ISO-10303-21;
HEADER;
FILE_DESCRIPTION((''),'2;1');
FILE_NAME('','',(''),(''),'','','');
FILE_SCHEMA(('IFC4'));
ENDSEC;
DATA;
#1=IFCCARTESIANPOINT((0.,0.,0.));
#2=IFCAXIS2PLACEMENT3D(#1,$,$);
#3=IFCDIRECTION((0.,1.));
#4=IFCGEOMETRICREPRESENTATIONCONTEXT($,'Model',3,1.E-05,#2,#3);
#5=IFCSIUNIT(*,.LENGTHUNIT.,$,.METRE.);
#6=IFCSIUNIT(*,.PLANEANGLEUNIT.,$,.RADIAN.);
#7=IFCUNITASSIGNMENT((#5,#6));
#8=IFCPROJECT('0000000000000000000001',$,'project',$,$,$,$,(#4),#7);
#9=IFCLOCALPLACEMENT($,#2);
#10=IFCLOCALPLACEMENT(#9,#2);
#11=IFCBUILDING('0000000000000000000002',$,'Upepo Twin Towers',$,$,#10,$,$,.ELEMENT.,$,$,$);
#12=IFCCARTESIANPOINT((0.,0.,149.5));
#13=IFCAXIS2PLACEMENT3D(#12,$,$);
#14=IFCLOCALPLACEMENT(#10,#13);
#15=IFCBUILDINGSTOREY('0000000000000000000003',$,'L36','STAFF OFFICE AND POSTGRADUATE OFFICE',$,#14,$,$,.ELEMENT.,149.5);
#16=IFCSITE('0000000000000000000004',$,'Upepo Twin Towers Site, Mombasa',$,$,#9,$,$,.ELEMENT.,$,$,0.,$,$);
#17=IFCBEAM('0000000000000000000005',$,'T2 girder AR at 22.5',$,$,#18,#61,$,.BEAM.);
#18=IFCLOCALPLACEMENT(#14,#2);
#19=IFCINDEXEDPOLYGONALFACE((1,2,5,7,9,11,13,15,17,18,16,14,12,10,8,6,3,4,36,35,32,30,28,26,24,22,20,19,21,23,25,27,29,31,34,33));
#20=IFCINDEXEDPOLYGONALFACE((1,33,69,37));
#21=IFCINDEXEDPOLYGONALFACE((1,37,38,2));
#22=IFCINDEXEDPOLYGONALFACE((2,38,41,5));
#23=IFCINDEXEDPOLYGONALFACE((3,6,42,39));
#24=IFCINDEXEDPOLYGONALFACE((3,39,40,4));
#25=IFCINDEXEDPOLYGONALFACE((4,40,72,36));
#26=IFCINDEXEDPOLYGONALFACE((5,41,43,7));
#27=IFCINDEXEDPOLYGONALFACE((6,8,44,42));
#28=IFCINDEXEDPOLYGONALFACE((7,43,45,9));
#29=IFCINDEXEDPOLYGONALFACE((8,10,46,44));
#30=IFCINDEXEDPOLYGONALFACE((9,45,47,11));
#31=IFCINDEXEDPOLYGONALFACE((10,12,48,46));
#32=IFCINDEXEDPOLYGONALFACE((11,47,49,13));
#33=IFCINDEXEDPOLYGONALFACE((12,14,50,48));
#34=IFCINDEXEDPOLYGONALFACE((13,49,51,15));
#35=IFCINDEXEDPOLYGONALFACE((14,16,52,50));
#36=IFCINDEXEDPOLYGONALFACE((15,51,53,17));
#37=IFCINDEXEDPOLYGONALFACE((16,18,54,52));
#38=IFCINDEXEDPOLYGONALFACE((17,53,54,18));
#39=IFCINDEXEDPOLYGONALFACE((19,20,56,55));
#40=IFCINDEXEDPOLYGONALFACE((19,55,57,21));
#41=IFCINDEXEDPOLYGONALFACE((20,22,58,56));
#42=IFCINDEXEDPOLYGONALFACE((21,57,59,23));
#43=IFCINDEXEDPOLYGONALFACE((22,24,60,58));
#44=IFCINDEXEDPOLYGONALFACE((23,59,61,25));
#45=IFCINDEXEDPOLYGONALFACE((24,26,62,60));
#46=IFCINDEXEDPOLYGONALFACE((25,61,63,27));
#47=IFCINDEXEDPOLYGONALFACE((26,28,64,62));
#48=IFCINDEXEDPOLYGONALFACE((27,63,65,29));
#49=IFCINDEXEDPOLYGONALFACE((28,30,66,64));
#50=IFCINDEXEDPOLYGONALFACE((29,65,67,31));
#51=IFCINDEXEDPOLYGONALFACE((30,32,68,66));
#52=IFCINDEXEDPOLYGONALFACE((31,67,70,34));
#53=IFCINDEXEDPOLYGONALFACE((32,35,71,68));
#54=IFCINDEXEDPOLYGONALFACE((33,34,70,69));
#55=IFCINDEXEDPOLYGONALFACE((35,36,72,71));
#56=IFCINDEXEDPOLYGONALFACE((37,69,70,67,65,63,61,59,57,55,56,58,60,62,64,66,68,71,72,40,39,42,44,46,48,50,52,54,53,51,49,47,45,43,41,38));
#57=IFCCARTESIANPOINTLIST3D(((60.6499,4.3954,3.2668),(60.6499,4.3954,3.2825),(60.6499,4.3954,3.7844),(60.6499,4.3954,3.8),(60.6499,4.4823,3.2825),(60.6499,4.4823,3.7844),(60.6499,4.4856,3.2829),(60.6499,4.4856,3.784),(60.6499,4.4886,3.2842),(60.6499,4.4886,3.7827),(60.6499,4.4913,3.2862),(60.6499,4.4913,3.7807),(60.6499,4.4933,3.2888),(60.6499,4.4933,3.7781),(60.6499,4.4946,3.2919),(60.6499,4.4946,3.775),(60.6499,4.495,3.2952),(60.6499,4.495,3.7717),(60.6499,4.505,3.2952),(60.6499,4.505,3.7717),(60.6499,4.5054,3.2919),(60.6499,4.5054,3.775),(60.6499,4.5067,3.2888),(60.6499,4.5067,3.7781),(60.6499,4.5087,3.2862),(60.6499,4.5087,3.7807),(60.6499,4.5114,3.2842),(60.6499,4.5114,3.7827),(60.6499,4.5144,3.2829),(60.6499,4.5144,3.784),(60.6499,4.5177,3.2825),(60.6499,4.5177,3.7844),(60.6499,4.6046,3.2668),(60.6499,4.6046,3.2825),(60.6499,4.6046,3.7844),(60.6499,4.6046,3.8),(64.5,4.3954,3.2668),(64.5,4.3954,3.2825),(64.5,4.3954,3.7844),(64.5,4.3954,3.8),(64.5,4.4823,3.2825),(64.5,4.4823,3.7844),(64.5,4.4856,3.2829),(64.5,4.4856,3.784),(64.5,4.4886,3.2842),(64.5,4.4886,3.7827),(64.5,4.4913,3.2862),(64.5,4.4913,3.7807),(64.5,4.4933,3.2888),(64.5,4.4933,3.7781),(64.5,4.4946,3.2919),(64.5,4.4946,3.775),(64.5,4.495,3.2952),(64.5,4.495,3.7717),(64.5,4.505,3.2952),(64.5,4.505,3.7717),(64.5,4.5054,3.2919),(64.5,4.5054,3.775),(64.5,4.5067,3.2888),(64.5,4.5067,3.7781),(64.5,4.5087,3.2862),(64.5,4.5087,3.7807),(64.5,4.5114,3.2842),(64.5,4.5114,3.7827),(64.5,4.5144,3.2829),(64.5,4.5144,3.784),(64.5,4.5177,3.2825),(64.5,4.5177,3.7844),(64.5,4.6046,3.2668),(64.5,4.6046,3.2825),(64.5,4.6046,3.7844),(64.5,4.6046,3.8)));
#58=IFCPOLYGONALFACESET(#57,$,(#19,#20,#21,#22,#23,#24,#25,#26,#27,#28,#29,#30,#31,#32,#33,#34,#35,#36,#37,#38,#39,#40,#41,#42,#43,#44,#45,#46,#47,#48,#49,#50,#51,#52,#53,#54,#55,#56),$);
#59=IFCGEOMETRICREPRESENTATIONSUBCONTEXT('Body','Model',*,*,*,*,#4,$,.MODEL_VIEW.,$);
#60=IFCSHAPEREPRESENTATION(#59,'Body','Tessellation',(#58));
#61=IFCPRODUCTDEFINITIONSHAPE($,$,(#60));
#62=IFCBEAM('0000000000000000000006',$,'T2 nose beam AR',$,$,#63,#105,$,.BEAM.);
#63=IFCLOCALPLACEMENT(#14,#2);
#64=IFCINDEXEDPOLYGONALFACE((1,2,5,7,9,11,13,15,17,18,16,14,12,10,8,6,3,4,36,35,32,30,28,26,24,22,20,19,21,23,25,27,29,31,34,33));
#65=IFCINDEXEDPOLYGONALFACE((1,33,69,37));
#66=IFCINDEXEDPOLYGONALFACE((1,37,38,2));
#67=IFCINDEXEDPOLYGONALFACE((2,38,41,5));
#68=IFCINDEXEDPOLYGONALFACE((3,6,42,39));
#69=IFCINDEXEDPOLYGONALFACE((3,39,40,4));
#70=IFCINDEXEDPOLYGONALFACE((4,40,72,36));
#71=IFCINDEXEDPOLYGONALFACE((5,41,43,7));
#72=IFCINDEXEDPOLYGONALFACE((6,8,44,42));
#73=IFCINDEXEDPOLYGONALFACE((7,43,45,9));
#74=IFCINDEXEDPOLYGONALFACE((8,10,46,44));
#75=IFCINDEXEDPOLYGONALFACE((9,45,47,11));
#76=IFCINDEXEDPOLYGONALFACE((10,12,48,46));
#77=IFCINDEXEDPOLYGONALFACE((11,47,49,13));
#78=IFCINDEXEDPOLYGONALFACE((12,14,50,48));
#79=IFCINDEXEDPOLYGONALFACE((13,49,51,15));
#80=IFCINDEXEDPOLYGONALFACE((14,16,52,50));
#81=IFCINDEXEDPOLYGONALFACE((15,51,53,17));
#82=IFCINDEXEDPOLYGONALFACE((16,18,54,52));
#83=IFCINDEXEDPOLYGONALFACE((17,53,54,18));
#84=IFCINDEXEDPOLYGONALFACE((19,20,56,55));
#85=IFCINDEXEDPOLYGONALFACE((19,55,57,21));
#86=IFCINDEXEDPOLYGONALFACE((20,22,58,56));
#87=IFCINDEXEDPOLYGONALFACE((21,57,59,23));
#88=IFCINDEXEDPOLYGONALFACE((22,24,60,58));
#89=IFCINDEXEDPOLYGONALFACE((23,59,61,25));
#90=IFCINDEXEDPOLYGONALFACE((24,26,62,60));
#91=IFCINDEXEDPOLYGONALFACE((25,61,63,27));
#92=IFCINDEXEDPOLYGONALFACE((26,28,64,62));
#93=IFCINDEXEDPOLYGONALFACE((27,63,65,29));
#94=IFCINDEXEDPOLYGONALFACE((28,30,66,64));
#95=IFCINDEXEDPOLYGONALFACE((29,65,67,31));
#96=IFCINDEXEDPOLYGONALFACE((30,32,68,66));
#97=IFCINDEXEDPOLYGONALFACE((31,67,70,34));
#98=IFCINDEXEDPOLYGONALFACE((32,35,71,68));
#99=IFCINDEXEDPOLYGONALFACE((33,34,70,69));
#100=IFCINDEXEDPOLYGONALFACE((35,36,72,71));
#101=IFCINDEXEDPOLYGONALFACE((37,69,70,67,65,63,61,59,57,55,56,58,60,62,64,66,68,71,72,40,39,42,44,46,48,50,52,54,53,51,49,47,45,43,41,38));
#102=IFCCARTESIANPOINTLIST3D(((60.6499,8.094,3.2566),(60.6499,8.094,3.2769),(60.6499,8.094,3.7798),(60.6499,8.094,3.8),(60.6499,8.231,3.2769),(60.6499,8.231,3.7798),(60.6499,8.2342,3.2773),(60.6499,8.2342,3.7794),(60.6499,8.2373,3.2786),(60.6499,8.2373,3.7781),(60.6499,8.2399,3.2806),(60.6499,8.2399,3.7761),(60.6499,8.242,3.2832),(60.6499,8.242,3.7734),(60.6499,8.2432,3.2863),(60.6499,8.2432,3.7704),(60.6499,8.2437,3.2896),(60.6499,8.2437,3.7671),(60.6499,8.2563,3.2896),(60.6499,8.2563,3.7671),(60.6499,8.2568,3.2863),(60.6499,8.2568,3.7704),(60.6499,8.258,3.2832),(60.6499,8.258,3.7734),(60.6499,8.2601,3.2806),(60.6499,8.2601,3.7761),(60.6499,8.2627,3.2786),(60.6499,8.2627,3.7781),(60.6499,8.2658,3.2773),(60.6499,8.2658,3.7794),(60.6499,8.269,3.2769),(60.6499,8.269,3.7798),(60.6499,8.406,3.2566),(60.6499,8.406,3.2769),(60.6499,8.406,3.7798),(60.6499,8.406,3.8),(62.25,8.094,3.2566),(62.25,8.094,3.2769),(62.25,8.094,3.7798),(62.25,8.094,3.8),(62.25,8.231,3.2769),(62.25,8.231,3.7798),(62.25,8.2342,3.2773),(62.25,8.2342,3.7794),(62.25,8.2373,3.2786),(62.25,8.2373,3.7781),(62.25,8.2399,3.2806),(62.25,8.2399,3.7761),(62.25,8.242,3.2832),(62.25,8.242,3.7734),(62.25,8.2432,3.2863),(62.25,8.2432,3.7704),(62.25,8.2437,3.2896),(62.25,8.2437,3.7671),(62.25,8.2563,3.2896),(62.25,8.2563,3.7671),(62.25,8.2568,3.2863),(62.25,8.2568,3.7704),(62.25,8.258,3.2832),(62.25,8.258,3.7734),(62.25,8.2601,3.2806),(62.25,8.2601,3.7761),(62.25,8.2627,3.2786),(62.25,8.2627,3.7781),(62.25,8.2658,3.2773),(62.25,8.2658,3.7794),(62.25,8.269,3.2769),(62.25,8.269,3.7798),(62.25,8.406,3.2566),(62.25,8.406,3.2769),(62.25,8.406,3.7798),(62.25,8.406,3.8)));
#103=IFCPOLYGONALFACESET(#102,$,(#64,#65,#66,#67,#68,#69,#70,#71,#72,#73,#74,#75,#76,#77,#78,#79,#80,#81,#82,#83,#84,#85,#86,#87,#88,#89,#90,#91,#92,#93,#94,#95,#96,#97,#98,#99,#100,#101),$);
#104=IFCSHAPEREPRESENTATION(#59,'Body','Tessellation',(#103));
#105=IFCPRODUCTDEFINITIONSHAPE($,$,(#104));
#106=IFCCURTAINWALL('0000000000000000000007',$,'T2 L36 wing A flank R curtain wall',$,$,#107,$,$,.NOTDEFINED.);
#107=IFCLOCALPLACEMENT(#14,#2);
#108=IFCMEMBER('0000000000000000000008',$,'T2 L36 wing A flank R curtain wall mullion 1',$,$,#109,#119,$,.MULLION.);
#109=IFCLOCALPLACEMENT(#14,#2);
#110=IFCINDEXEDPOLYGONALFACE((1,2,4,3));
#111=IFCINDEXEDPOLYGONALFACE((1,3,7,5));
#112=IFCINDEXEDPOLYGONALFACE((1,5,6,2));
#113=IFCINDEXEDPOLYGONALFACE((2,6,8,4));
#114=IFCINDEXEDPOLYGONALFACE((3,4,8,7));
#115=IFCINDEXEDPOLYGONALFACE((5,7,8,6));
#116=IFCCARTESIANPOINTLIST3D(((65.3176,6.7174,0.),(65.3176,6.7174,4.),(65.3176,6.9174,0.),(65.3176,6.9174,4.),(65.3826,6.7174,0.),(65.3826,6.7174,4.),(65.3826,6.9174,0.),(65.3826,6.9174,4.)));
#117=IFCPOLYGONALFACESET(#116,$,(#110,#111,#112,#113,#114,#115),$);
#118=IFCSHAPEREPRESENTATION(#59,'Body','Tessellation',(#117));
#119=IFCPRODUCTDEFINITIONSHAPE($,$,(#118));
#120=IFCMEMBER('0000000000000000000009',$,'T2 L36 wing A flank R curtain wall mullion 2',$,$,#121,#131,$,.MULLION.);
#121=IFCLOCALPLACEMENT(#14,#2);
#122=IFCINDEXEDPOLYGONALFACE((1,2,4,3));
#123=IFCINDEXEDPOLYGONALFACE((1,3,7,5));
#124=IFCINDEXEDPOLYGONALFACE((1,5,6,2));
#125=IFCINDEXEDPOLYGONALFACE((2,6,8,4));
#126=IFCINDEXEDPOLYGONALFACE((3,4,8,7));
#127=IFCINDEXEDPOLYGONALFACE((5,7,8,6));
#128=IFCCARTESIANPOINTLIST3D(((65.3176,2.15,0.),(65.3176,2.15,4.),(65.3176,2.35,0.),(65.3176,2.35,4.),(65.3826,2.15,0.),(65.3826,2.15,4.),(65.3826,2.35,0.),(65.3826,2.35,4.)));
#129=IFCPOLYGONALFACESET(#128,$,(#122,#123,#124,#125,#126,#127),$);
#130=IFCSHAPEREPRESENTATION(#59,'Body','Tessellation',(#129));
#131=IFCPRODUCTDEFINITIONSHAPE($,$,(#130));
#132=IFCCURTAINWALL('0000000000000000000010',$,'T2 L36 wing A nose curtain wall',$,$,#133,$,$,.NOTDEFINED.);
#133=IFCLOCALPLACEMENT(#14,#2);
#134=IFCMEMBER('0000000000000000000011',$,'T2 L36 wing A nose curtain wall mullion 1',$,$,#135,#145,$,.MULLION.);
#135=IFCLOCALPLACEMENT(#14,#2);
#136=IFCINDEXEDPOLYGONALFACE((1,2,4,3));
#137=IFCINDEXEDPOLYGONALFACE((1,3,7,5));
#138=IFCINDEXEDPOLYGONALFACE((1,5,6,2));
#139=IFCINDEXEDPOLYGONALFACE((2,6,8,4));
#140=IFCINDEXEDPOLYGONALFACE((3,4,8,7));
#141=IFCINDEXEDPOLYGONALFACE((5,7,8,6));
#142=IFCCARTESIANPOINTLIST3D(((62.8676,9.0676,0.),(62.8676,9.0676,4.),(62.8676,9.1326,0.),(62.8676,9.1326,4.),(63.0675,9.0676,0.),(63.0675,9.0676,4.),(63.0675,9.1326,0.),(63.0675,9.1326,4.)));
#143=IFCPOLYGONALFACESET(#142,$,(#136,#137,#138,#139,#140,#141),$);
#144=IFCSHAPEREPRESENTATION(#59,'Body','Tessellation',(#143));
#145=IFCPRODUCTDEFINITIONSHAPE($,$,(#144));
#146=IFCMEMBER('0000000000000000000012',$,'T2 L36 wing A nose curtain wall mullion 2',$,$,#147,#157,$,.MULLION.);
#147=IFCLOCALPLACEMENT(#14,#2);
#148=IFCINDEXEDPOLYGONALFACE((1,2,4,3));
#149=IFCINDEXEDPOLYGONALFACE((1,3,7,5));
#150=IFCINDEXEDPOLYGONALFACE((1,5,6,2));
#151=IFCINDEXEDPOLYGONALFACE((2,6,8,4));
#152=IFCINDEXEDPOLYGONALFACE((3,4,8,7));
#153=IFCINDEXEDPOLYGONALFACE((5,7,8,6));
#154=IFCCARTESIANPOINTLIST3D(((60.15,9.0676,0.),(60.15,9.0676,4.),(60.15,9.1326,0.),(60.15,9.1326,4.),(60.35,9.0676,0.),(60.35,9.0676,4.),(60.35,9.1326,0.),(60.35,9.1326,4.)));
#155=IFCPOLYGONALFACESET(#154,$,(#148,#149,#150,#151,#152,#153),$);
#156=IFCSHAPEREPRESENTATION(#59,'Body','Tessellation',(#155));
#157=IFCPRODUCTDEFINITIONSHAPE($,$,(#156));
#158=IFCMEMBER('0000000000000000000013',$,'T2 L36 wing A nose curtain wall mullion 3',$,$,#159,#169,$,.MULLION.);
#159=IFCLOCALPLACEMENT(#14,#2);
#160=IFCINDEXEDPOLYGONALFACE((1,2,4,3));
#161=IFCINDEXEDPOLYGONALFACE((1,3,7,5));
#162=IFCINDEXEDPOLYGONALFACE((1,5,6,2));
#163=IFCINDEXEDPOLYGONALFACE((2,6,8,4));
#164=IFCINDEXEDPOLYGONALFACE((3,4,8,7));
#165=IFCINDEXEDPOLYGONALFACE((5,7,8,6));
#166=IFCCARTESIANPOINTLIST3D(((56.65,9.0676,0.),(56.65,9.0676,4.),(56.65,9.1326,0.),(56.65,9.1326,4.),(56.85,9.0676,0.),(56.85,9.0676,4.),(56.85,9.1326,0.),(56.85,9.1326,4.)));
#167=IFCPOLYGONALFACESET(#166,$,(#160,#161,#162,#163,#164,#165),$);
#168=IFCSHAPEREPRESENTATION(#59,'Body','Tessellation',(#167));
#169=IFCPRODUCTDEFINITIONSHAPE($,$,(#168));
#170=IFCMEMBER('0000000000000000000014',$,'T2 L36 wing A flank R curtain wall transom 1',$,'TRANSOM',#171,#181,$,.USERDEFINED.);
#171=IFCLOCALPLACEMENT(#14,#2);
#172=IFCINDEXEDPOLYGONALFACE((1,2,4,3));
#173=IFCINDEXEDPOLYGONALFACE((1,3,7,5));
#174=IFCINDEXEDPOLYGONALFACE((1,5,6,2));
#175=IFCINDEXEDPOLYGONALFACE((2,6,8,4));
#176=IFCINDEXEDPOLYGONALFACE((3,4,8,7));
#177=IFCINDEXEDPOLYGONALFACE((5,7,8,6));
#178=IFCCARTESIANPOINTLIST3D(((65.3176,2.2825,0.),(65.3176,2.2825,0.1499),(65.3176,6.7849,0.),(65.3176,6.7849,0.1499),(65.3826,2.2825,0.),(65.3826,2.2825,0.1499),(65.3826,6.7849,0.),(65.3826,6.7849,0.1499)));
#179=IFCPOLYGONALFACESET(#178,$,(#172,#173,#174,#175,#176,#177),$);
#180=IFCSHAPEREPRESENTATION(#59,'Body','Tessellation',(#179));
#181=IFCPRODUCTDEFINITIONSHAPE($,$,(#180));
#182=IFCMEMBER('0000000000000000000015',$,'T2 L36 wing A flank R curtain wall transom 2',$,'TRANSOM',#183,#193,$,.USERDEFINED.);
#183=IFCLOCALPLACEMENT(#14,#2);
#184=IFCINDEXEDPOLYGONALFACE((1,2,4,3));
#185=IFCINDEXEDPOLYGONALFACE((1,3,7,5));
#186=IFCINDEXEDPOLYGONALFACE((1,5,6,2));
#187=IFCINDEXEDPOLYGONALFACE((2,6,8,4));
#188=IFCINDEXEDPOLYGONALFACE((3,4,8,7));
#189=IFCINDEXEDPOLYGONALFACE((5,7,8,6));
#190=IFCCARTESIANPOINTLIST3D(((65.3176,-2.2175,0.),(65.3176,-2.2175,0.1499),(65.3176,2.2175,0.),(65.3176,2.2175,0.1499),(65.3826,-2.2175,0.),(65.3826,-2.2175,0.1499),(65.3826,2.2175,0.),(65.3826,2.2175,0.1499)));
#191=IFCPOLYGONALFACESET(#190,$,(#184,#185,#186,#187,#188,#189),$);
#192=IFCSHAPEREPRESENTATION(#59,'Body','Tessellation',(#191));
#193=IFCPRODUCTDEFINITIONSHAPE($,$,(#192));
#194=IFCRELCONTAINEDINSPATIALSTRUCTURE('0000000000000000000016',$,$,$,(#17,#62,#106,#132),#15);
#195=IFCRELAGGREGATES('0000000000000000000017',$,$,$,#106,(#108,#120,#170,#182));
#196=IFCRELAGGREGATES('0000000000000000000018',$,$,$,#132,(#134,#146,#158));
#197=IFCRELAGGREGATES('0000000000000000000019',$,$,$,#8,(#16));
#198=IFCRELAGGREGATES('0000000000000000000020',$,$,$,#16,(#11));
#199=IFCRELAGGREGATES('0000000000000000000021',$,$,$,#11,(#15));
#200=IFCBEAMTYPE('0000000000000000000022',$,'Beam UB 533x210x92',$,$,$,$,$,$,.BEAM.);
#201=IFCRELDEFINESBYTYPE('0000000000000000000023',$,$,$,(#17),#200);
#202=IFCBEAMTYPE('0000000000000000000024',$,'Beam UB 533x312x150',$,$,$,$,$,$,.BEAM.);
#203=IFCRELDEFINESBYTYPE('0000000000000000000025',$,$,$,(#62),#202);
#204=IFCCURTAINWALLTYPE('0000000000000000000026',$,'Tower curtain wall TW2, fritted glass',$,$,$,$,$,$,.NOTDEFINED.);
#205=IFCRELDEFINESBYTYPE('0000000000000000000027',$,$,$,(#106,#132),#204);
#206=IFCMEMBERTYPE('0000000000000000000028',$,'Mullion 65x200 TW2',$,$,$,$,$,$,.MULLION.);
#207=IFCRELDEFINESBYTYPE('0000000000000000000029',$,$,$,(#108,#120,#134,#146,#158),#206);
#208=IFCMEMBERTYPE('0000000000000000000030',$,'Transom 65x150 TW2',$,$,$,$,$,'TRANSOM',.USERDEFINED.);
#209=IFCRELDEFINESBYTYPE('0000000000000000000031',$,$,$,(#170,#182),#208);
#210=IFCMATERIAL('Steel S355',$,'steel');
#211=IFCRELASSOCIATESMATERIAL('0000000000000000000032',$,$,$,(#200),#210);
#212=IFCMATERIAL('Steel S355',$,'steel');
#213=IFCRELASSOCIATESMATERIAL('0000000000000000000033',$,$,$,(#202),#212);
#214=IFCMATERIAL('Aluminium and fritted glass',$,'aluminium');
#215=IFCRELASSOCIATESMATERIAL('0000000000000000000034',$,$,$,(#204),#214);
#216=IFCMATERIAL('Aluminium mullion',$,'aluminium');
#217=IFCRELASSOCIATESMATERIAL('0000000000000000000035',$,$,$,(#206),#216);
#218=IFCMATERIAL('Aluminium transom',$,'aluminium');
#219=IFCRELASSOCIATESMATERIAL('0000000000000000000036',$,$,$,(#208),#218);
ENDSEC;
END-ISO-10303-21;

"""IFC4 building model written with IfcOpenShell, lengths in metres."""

from ifc_helpers import new_model, si_unit, direction, frame, origin, origin_2d, place, context, subcontext, project, spatial, rectangle, i_section, extrude, material, material_profile, profile_set, type_object, element, aggregate, save


model = new_model("IFC4")

# Units and contexts
model_context = context("Model", 3, precision=1e-05, world=origin(), true_north=direction((0.0, 1.0)))
body_context = subcontext(model_context, "Body", "Model", "MODEL_VIEW")
ifc_project = project(units=[si_unit("LENGTHUNIT", "METRE"), si_unit("PLANEANGLEUNIT", "RADIAN")], contexts=[model_context])

# Site, building, storey
site_placement = place(None, origin())
site = spatial("IfcSite", under=ifc_project, at=site_placement, Name="Upepo Twin Towers Site, Mombasa", CompositionType="ELEMENT", RefElevation=0.0)
building_placement = place(site_placement, origin())
building = spatial("IfcBuilding", under=site, at=building_placement, Name="Upepo Twin Towers", CompositionType="ELEMENT")
storey_placement = place(building_placement, frame((0.0, 0.0, 149.5)))
storey = spatial("IfcBuildingStorey", under=building, at=storey_placement, Name="L36", Description="STAFF OFFICE AND POSTGRADUATE OFFICE", CompositionType="ELEMENT", Elevation=149.5)

# Beams
ifc_material_1 = material(Name="Steel S355", Category="steel")
ifc_material_profile_1 = material_profile(ifc_material_1, i_section(OverallWidth=0.2092, OverallDepth=0.5332, WebThickness=0.01, FlangeThickness=0.0156, FilletRadius=0.0127, at=origin_2d()), Name="UB 533x210x92")
ifc_profile_set_1 = profile_set([ifc_material_profile_1], Name="Steel S355")
beam_type_1 = type_object("IfcBeamType", Name="Beam UB 533x210x92", PredefinedType="BEAM", material=ifc_profile_set_1)
for number, where, z_axis, x_axis, name in (
    (1, (64.5, 4.5, 3.5334), (-1.0, 0.0, 0.0), (0.0, -1.0, 0.0), "T2 girder AR at 22.5"),
):
    element("IfcBeam", number, at=place(storey_placement, frame(where, z_axis=z_axis, x_axis=x_axis)), inside=storey, type_object=beam_type_1, Name=name, PredefinedType="BEAM", context=body_context, shape_type="SweptSolid", body=[
        extrude(i_section(OverallWidth=0.2092, OverallDepth=0.5332, WebThickness=0.01, FlangeThickness=0.0156, FilletRadius=0.0127, at=origin_2d()), origin(), (0.0, 0.0, 1.0), 3.8501),
    ])
ifc_material_2 = material(Name="Steel S355", Category="steel")
ifc_material_profile_2 = material_profile(ifc_material_2, i_section(OverallWidth=0.312, OverallDepth=0.5435, WebThickness=0.0127, FlangeThickness=0.0203, FilletRadius=0.0127, at=origin_2d()), Name="UB 533x312x150")
ifc_profile_set_2 = profile_set([ifc_material_profile_2], Name="Steel S355")
beam_type_2 = type_object("IfcBeamType", Name="Beam UB 533x312x150", PredefinedType="BEAM", material=ifc_profile_set_2)
beam_1_placement = place(storey_placement, frame((62.25, 8.25, 3.5283), z_axis=(-1.0, 0.0, 0.0), x_axis=(0.0, -1.0, 0.0)))
element("IfcBeam", 2, at=beam_1_placement, inside=storey, type_object=beam_type_2, Name="T2 nose beam AR", PredefinedType="BEAM", context=body_context, shape_type="SweptSolid", body=[
    extrude(i_section(OverallWidth=0.312, OverallDepth=0.5435, WebThickness=0.0127, FlangeThickness=0.0203, FilletRadius=0.0127, at=origin_2d()), origin(), (0.0, 0.0, 1.0), 1.6001),
])

# Curtain walls, members
ifc_material_3 = material(Name="Aluminium and fritted glass", Category="aluminium")
curtain_wall_type = type_object("IfcCurtainWallType", Name="Tower curtain wall TW2, fritted glass", PredefinedType="NOTDEFINED", material=ifc_material_3)
curtain_wall_1_placement = place(storey_placement, origin())
curtain_wall_1 = element("IfcCurtainWall", 3, at=curtain_wall_1_placement, inside=storey, type_object=curtain_wall_type, Name="T2 L36 wing A flank R curtain wall", PredefinedType="NOTDEFINED")
ifc_material_4 = material(Name="Aluminium mullion", Category="aluminium")
ifc_material_profile_3 = material_profile(ifc_material_4, rectangle(XDim=0.0649, YDim=0.2, at=origin_2d()), Name="MULLION 65x200")
ifc_profile_set_3 = profile_set([ifc_material_profile_3], Name="Aluminium mullion")
member_type_1 = type_object("IfcMemberType", Name="Mullion 65x200 TW2", PredefinedType="MULLION", material=ifc_profile_set_3)
member_1_placement = place(storey_placement, frame((65.3501, 6.8174, 0.0), z_axis=(0.0, 0.0, 1.0), x_axis=(1.0, 0.0, 0.0)))
member_1 = element("IfcMember", 4, at=member_1_placement, type_object=member_type_1, Name="T2 L36 wing A flank R curtain wall mullion 1", PredefinedType="MULLION", context=body_context, shape_type="SweptSolid", body=[
    extrude(rectangle(XDim=0.0649, YDim=0.2, at=origin_2d()), origin(), (0.0, 0.0, 1.0), 4.0),
])
member_2_placement = place(storey_placement, frame((65.3501, 2.25, 0.0), z_axis=(0.0, 0.0, 1.0), x_axis=(1.0, 0.0, 0.0)))
member_2 = element("IfcMember", 5, at=member_2_placement, type_object=member_type_1, Name="T2 L36 wing A flank R curtain wall mullion 2", PredefinedType="MULLION", context=body_context, shape_type="SweptSolid", body=[
    extrude(rectangle(XDim=0.0649, YDim=0.2, at=origin_2d()), origin(), (0.0, 0.0, 1.0), 4.0),
])
curtain_wall_2_placement = place(storey_placement, origin())
curtain_wall_2 = element("IfcCurtainWall", 6, at=curtain_wall_2_placement, inside=storey, type_object=curtain_wall_type, Name="T2 L36 wing A nose curtain wall", PredefinedType="NOTDEFINED")
member_3_placement = place(storey_placement, frame((62.9675, 9.1001, 0.0), z_axis=(0.0, 0.0, 1.0), x_axis=(0.0, -1.0, 0.0)))
member_3 = element("IfcMember", 7, at=member_3_placement, type_object=member_type_1, Name="T2 L36 wing A nose curtain wall mullion 1", PredefinedType="MULLION", context=body_context, shape_type="SweptSolid", body=[
    extrude(rectangle(XDim=0.0649, YDim=0.2, at=origin_2d()), origin(), (0.0, 0.0, 1.0), 4.0),
])
member_4_placement = place(storey_placement, frame((60.25, 9.1001, 0.0), z_axis=(0.0, 0.0, 1.0), x_axis=(0.0, -1.0, 0.0)))
member_4 = element("IfcMember", 8, at=member_4_placement, type_object=member_type_1, Name="T2 L36 wing A nose curtain wall mullion 2", PredefinedType="MULLION", context=body_context, shape_type="SweptSolid", body=[
    extrude(rectangle(XDim=0.0649, YDim=0.2, at=origin_2d()), origin(), (0.0, 0.0, 1.0), 4.0),
])
member_5_placement = place(storey_placement, frame((56.75, 9.1001, 0.0), z_axis=(0.0, 0.0, 1.0), x_axis=(0.0, -1.0, 0.0)))
member_5 = element("IfcMember", 9, at=member_5_placement, type_object=member_type_1, Name="T2 L36 wing A nose curtain wall mullion 3", PredefinedType="MULLION", context=body_context, shape_type="SweptSolid", body=[
    extrude(rectangle(XDim=0.0649, YDim=0.2, at=origin_2d()), origin(), (0.0, 0.0, 1.0), 4.0),
])

# Members
ifc_material_5 = material(Name="Aluminium transom", Category="aluminium")
ifc_material_profile_4 = material_profile(ifc_material_5, rectangle(XDim=0.0649, YDim=0.1499, at=origin_2d()), Name="TRANSOM 65x150")
ifc_profile_set_4 = profile_set([ifc_material_profile_4], Name="Aluminium transom")
member_type_2 = type_object("IfcMemberType", Name="Transom 65x150 TW2", ElementType="TRANSOM", PredefinedType="USERDEFINED", material=ifc_profile_set_4)
member_6_placement = place(storey_placement, frame((65.3501, 6.7849, 0.075), z_axis=(0.0, -1.0, 0.0), x_axis=(1.0, 0.0, 0.0)))
member_6 = element("IfcMember", 10, at=member_6_placement, type_object=member_type_2, Name="T2 L36 wing A flank R curtain wall transom 1", ObjectType="TRANSOM", PredefinedType="USERDEFINED", context=body_context, shape_type="SweptSolid", body=[
    extrude(rectangle(XDim=0.0649, YDim=0.1499, at=origin_2d()), origin(), (0.0, 0.0, 1.0), 4.5024),
])
member_7_placement = place(storey_placement, frame((65.3501, 2.2175, 0.075), z_axis=(0.0, -1.0, 0.0), x_axis=(1.0, 0.0, 0.0)))
member_7 = element("IfcMember", 11, at=member_7_placement, type_object=member_type_2, Name="T2 L36 wing A flank R curtain wall transom 2", ObjectType="TRANSOM", PredefinedType="USERDEFINED", context=body_context, shape_type="SweptSolid", body=[
    extrude(rectangle(XDim=0.0649, YDim=0.1499, at=origin_2d()), origin(), (0.0, 0.0, 1.0), 4.4351),
])

aggregate(curtain_wall_1, [member_1, member_2, member_6, member_7])
aggregate(curtain_wall_2, [member_3, member_4, member_5])

save(model, "model.ifc")
